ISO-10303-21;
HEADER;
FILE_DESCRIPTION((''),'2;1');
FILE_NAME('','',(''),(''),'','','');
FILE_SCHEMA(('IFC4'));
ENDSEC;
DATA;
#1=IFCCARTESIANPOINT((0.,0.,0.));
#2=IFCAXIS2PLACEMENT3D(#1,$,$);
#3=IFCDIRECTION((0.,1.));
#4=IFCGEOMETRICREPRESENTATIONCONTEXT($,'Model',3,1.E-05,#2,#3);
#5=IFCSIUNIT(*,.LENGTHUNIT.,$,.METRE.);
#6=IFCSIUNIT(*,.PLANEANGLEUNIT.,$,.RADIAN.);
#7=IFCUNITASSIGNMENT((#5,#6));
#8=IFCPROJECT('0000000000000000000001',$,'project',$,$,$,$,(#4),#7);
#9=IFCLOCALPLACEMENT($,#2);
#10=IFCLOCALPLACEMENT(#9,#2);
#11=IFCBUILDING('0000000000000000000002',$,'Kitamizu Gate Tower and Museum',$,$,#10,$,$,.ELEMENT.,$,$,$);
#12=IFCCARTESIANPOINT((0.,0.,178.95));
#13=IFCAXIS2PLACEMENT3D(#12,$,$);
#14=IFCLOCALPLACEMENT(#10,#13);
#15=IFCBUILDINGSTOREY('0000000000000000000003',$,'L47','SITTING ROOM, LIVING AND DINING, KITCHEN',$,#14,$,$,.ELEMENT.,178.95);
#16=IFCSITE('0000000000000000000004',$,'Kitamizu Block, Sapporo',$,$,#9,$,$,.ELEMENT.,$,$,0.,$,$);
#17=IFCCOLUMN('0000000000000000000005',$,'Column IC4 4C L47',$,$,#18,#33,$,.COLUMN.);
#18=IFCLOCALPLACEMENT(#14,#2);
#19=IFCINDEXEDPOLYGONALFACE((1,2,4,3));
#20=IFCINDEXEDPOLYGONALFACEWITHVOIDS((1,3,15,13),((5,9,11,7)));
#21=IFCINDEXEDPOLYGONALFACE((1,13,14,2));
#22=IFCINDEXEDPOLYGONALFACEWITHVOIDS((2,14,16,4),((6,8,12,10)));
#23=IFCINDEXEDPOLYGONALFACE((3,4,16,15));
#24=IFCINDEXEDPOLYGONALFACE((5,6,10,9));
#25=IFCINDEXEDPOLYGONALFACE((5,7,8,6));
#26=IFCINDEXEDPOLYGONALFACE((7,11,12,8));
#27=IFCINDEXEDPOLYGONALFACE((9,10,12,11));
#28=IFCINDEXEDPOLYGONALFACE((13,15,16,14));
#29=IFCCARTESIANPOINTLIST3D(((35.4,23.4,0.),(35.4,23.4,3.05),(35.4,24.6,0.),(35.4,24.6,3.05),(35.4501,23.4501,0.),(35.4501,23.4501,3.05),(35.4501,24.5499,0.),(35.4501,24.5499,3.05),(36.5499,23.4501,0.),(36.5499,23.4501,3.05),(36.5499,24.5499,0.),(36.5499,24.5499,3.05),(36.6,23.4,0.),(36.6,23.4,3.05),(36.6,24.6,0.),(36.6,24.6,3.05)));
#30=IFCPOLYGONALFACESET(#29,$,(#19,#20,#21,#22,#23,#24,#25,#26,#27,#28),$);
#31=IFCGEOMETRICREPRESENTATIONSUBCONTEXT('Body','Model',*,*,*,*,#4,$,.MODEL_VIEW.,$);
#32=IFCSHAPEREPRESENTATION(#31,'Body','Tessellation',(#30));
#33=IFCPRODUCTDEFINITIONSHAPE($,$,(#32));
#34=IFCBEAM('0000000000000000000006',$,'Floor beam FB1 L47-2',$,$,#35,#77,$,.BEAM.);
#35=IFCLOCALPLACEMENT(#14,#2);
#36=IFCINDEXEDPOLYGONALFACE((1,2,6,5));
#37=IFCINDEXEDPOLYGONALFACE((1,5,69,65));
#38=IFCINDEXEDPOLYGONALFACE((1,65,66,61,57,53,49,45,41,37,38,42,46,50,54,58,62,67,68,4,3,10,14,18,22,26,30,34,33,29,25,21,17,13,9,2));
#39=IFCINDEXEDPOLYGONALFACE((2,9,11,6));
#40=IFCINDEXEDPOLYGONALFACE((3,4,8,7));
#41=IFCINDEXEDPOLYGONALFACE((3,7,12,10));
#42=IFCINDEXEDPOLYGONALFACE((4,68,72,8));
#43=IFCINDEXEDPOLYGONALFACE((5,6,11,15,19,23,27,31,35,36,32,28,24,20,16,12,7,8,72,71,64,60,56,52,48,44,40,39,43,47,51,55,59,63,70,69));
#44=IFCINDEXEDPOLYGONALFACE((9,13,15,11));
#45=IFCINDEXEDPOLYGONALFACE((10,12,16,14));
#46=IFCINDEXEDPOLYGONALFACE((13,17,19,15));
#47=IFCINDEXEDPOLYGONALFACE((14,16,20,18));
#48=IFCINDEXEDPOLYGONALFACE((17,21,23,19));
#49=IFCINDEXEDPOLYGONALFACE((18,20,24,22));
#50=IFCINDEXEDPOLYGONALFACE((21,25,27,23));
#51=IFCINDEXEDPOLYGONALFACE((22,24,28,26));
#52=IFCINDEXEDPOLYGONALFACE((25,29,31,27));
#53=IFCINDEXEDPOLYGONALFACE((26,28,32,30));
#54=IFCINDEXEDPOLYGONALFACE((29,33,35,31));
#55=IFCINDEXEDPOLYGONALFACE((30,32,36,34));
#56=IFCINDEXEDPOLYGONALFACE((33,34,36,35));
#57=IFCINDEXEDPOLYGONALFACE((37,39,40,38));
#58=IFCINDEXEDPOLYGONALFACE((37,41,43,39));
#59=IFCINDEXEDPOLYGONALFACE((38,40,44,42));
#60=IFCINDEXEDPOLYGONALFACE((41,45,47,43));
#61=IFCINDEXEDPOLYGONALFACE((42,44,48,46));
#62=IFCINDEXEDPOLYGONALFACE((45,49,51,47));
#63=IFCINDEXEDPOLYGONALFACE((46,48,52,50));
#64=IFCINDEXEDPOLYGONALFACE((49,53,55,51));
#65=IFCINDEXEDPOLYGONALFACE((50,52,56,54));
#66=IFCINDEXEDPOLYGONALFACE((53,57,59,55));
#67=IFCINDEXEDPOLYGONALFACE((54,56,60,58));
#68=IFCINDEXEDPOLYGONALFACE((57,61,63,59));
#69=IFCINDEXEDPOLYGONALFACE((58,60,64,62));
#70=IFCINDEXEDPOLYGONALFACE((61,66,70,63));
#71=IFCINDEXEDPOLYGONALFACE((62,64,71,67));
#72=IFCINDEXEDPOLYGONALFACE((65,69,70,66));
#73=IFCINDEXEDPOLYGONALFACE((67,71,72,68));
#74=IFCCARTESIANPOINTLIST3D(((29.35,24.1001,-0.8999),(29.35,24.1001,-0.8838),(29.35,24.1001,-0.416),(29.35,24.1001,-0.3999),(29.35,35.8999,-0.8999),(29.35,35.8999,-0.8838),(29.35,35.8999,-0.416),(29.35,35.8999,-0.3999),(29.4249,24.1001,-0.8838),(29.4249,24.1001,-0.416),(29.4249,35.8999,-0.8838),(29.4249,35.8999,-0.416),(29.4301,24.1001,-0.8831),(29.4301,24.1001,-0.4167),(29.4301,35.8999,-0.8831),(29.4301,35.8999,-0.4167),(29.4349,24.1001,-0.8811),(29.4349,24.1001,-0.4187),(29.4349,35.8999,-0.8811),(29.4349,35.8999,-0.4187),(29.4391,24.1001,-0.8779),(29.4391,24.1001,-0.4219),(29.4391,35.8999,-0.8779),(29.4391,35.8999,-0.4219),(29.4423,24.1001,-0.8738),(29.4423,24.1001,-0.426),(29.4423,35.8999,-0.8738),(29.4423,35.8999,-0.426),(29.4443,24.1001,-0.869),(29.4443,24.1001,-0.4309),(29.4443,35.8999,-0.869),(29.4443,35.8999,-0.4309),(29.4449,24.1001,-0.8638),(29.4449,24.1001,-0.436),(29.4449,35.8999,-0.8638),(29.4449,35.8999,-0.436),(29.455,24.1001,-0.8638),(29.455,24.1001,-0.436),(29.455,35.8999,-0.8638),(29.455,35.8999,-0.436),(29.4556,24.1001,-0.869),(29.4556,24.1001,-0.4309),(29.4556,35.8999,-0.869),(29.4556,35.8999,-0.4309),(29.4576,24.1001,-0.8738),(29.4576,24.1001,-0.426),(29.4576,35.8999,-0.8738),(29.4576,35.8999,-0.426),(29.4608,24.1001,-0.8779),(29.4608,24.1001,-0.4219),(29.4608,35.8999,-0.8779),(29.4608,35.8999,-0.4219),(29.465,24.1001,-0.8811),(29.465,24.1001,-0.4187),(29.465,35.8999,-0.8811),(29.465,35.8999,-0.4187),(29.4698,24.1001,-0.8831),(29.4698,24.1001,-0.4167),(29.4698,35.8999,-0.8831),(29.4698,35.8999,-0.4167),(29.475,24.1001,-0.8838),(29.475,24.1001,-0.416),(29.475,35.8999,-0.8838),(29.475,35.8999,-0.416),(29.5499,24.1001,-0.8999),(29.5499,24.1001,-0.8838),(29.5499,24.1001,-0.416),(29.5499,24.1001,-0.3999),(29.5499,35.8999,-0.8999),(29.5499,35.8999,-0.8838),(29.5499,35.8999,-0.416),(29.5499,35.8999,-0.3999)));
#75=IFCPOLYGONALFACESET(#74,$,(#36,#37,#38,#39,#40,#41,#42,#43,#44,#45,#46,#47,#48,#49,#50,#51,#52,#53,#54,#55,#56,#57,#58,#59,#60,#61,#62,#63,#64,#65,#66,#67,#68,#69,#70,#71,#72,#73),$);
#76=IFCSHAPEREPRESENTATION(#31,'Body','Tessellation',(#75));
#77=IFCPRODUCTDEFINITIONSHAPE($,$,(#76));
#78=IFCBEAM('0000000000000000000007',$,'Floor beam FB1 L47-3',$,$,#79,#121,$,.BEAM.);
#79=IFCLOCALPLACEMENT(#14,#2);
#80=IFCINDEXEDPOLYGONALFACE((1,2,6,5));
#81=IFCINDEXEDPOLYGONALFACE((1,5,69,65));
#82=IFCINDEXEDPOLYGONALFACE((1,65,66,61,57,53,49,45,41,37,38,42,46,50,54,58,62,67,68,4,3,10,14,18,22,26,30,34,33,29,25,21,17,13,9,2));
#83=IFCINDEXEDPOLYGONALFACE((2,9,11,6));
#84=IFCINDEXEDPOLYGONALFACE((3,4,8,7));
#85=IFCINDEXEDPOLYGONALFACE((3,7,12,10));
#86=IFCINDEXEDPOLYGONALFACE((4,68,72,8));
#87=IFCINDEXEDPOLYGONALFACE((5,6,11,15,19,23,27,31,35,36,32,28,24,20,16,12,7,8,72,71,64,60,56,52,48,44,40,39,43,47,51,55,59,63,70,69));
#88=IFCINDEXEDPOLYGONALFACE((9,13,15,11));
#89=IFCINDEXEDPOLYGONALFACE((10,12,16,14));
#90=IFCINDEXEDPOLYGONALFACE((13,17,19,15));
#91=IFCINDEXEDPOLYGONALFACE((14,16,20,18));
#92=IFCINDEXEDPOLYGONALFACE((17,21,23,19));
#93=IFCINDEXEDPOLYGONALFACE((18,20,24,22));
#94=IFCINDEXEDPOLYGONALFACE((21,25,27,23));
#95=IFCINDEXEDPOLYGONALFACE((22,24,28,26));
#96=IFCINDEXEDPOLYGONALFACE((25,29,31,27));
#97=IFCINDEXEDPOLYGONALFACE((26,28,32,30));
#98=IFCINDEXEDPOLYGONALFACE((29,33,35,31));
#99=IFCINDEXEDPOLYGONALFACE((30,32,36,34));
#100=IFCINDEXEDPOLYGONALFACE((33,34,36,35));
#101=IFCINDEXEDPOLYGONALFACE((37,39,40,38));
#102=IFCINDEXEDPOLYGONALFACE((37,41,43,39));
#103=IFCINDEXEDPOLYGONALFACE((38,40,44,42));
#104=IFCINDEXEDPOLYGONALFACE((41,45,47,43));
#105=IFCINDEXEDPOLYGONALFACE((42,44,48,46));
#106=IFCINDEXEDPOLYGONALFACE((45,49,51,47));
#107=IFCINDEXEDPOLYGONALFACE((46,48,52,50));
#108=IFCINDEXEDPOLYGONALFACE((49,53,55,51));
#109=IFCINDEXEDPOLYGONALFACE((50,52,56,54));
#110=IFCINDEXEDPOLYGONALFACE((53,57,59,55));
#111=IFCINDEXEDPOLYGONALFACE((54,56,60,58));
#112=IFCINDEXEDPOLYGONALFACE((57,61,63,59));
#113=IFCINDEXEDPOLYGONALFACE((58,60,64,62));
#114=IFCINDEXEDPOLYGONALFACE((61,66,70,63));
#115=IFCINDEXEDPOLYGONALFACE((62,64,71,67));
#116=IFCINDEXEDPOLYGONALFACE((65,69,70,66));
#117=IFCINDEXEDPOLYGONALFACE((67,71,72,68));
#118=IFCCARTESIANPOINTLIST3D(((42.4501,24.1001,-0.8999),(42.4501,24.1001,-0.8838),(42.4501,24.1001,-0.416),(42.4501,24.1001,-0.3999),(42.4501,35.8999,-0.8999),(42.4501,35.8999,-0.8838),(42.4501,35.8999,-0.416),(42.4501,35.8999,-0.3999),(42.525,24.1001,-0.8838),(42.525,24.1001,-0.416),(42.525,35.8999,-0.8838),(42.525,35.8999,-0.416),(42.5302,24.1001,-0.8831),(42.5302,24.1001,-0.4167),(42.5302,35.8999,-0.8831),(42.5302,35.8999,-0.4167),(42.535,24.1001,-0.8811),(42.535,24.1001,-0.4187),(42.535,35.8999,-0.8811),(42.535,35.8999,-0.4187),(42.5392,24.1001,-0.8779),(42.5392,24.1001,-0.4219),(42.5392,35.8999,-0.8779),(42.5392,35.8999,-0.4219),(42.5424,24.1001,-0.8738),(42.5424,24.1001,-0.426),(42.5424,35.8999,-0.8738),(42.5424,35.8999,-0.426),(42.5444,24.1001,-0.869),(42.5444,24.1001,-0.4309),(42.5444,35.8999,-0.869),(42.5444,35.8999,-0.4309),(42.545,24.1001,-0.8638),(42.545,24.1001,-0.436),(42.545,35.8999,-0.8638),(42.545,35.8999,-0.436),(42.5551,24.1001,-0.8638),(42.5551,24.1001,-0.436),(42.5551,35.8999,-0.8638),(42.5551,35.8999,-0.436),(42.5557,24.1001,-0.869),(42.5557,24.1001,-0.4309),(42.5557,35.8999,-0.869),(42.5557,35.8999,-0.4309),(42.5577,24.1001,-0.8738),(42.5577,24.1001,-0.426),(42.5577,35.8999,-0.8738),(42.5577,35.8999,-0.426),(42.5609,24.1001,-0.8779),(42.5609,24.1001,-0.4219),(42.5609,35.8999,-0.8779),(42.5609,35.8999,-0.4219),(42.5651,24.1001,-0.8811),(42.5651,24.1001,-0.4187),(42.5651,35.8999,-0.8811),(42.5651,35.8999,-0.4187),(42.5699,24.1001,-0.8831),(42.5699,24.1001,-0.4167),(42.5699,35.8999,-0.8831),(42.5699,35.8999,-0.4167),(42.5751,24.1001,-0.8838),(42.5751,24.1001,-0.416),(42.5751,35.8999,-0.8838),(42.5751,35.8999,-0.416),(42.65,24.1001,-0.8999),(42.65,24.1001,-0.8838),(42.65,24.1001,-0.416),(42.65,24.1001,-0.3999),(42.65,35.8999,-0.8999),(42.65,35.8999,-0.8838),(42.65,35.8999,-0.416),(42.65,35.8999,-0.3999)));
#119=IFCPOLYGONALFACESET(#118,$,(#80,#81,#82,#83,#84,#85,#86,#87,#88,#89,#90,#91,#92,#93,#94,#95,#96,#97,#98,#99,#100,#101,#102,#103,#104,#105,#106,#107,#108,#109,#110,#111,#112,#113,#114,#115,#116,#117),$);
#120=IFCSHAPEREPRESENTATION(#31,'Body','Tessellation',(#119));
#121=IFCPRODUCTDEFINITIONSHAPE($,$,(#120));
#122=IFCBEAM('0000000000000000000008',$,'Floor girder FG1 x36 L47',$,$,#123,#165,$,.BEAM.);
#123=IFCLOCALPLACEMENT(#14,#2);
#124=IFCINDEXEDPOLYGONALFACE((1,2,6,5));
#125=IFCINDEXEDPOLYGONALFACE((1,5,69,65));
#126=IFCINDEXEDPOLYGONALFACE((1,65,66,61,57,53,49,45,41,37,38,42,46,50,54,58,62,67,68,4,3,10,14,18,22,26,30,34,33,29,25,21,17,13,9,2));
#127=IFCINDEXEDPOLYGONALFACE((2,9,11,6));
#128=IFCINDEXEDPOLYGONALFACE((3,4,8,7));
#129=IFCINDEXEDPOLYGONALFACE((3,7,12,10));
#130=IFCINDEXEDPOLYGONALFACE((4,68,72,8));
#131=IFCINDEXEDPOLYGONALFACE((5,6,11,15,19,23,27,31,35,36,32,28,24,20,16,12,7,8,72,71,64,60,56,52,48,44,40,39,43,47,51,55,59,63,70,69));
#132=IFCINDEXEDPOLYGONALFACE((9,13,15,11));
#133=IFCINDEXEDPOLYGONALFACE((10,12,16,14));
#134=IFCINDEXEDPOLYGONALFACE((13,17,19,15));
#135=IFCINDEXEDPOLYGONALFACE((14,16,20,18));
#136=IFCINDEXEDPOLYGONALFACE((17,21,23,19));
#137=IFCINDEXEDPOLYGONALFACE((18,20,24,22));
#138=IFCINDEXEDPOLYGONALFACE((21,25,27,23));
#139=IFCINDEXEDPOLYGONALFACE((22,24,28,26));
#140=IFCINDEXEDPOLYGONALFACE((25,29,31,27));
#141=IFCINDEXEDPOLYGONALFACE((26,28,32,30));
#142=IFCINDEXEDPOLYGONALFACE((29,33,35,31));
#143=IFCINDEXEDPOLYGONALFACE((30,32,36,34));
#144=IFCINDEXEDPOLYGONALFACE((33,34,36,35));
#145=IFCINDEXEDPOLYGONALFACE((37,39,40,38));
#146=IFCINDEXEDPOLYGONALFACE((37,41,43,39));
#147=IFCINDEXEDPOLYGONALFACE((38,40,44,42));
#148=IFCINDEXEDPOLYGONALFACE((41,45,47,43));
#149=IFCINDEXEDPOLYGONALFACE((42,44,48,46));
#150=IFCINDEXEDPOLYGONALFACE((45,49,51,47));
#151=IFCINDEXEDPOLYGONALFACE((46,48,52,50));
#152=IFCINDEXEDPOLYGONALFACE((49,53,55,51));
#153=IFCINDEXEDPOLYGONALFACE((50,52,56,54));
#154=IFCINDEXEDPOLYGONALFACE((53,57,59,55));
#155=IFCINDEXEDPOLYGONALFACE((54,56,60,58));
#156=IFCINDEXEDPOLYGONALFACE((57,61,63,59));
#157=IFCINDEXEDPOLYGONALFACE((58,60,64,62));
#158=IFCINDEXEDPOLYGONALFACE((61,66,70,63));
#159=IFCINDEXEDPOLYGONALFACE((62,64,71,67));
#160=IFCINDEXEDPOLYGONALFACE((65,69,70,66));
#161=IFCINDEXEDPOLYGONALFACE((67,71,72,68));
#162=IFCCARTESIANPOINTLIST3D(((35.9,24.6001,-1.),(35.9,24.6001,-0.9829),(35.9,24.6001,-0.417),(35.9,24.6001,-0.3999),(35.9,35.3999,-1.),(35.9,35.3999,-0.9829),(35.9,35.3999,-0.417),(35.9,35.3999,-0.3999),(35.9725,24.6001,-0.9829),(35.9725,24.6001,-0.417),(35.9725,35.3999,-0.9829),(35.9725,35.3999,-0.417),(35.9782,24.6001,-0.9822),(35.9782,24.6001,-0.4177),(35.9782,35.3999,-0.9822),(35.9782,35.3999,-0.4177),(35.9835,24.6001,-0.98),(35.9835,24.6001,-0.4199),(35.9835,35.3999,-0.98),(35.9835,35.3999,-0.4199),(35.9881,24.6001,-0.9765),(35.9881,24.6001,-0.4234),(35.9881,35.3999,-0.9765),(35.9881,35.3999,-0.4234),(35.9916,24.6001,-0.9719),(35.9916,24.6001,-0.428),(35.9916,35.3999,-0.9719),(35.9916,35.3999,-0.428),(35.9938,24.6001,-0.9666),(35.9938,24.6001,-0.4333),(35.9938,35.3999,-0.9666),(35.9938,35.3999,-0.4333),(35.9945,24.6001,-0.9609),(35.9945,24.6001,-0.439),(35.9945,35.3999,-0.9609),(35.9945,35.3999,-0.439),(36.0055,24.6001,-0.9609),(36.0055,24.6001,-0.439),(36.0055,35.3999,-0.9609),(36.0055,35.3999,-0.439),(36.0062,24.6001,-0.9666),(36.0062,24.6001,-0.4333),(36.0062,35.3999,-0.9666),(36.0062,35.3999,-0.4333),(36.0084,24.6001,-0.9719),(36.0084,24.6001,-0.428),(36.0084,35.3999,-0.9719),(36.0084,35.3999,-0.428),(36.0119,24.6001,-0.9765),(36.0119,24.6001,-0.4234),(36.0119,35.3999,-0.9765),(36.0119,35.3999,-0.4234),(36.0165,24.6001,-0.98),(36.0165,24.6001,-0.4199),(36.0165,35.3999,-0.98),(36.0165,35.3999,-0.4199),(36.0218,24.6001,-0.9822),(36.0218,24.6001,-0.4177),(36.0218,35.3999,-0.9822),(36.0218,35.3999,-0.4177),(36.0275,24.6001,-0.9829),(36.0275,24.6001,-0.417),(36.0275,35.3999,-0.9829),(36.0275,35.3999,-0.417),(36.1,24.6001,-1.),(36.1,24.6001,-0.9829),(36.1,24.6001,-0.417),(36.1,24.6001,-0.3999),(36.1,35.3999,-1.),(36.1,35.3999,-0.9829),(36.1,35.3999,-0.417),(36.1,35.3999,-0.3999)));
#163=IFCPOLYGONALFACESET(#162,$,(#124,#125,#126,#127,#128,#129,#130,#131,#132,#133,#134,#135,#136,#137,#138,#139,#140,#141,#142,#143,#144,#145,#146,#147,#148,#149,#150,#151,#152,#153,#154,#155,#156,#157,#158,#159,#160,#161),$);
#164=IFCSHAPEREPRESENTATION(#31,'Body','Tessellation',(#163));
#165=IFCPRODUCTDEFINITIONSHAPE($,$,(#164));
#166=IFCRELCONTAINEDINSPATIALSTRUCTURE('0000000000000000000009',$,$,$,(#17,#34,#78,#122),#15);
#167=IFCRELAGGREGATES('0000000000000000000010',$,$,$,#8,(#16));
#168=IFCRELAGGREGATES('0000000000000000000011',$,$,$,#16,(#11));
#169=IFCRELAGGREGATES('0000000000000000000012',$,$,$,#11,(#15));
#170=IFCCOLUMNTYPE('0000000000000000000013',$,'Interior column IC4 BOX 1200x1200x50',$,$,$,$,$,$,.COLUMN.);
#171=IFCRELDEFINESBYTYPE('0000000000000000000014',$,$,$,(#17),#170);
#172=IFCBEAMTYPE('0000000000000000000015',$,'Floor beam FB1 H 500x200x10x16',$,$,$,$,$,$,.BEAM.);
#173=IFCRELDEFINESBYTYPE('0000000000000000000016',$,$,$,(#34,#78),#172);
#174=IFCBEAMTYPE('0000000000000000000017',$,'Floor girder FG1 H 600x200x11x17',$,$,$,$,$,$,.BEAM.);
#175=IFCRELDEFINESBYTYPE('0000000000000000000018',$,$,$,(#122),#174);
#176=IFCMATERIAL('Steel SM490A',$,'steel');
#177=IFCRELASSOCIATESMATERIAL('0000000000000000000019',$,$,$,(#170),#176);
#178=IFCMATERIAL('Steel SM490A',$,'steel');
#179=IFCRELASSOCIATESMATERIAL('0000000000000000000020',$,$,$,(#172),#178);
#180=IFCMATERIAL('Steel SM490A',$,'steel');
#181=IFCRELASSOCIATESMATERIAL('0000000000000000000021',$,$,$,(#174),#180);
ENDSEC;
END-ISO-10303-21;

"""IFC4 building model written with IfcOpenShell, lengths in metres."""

from ifc_helpers import new_model, si_unit, direction, frame, origin, origin_2d, place, context, subcontext, project, spatial, hollow_rectangle, i_section, extrude, material, material_profile, profile_set, type_object, element, save


model = new_model("IFC4")

# Units and contexts
model_context = context("Model", 3, precision=1e-05, world=origin(), true_north=direction((0.0, 1.0)))
body_context = subcontext(model_context, "Body", "Model", "MODEL_VIEW")
ifc_project = project(units=[si_unit("LENGTHUNIT", "METRE"), si_unit("PLANEANGLEUNIT", "RADIAN")], contexts=[model_context])

# Site, building, storey
site_placement = place(None, origin())
site = spatial("IfcSite", under=ifc_project, at=site_placement, Name="Kitamizu Block, Sapporo", CompositionType="ELEMENT", RefElevation=0.0)
building_placement = place(site_placement, origin())
building = spatial("IfcBuilding", under=site, at=building_placement, Name="Kitamizu Gate Tower and Museum", CompositionType="ELEMENT")
storey_placement = place(building_placement, frame((0.0, 0.0, 178.95)))
storey = spatial("IfcBuildingStorey", under=building, at=storey_placement, Name="L47", Description="SITTING ROOM, LIVING AND DINING, KITCHEN", CompositionType="ELEMENT", Elevation=178.95)

# Column
ifc_material_1 = material(Name="Steel SM490A", Category="steel")
ifc_material_profile_1 = material_profile(ifc_material_1, hollow_rectangle(XDim=1.2, YDim=1.2, WallThickness=0.05, at=origin_2d()), Name="BOX 1200x1200x50")
ifc_profile_set_1 = profile_set([ifc_material_profile_1], Name="Steel SM490A")
column_type = type_object("IfcColumnType", Name="Interior column IC4 BOX 1200x1200x50", PredefinedType="COLUMN", material=ifc_profile_set_1)
column_placement = place(storey_placement, frame((36.0, 24.0, 0.0), z_axis=(0.0, 0.0, 1.0), x_axis=(1.0, 0.0, 0.0)))
element("IfcColumn", 1, at=column_placement, inside=storey, type_object=column_type, Name="Column IC4 4C L47", PredefinedType="COLUMN", context=body_context, shape_type="SweptSolid", body=[
    extrude(hollow_rectangle(XDim=1.2, YDim=1.2, WallThickness=0.05, at=origin_2d()), origin(), (0.0, 0.0, 1.0), 3.05),
])

# Beams
ifc_material_2 = material(Name="Steel SM490A", Category="steel")
ifc_material_profile_2 = material_profile(ifc_material_2, i_section(OverallWidth=0.2, OverallDepth=0.5, WebThickness=0.01, FlangeThickness=0.0161, FilletRadius=0.02, at=origin_2d()), Name="H-500x200x10x16")
ifc_profile_set_2 = profile_set([ifc_material_profile_2], Name="Steel SM490A")
beam_type_1 = type_object("IfcBeamType", Name="Floor beam FB1 H 500x200x10x16", PredefinedType="BEAM", material=ifc_profile_set_2)
for number, where, z_axis, x_axis, name in (
    (2, (29.45, 24.1001, -0.6499), (0.0, 1.0, 0.0), (-1.0, 0.0, 0.0), "Floor beam FB1 L47-2"),
    (3, (42.55, 24.1001, -0.6499), (0.0, 1.0, 0.0), (-1.0, 0.0, 0.0), "Floor beam FB1 L47-3"),
):
    element("IfcBeam", number, at=place(storey_placement, frame(where, z_axis=z_axis, x_axis=x_axis)), inside=storey, type_object=beam_type_1, Name=name, PredefinedType="BEAM", context=body_context, shape_type="SweptSolid", body=[
        extrude(i_section(OverallWidth=0.2, OverallDepth=0.5, WebThickness=0.01, FlangeThickness=0.0161, FilletRadius=0.02, at=origin_2d()), origin(), (0.0, 0.0, 1.0), 11.7998),
    ])
ifc_material_3 = material(Name="Steel SM490A", Category="steel")
ifc_material_profile_3 = material_profile(ifc_material_3, i_section(OverallWidth=0.2, OverallDepth=0.6001, WebThickness=0.011, FlangeThickness=0.0171, FilletRadius=0.022, at=origin_2d()), Name="H-600x200x11x17")
ifc_profile_set_3 = profile_set([ifc_material_profile_3], Name="Steel SM490A")
beam_type_2 = type_object("IfcBeamType", Name="Floor girder FG1 H 600x200x11x17", PredefinedType="BEAM", material=ifc_profile_set_3)
beam_1_placement = place(storey_placement, frame((36.0, 24.6001, -0.7), z_axis=(0.0, 1.0, 0.0), x_axis=(-1.0, 0.0, 0.0)))
element("IfcBeam", 4, at=beam_1_placement, inside=storey, type_object=beam_type_2, Name="Floor girder FG1 x36 L47", PredefinedType="BEAM", context=body_context, shape_type="SweptSolid", body=[
    extrude(i_section(OverallWidth=0.2, OverallDepth=0.6001, WebThickness=0.011, FlangeThickness=0.0171, FilletRadius=0.022, at=origin_2d()), origin(), (0.0, 0.0, 1.0), 10.7998),
])

save(model, "model.ifc")
